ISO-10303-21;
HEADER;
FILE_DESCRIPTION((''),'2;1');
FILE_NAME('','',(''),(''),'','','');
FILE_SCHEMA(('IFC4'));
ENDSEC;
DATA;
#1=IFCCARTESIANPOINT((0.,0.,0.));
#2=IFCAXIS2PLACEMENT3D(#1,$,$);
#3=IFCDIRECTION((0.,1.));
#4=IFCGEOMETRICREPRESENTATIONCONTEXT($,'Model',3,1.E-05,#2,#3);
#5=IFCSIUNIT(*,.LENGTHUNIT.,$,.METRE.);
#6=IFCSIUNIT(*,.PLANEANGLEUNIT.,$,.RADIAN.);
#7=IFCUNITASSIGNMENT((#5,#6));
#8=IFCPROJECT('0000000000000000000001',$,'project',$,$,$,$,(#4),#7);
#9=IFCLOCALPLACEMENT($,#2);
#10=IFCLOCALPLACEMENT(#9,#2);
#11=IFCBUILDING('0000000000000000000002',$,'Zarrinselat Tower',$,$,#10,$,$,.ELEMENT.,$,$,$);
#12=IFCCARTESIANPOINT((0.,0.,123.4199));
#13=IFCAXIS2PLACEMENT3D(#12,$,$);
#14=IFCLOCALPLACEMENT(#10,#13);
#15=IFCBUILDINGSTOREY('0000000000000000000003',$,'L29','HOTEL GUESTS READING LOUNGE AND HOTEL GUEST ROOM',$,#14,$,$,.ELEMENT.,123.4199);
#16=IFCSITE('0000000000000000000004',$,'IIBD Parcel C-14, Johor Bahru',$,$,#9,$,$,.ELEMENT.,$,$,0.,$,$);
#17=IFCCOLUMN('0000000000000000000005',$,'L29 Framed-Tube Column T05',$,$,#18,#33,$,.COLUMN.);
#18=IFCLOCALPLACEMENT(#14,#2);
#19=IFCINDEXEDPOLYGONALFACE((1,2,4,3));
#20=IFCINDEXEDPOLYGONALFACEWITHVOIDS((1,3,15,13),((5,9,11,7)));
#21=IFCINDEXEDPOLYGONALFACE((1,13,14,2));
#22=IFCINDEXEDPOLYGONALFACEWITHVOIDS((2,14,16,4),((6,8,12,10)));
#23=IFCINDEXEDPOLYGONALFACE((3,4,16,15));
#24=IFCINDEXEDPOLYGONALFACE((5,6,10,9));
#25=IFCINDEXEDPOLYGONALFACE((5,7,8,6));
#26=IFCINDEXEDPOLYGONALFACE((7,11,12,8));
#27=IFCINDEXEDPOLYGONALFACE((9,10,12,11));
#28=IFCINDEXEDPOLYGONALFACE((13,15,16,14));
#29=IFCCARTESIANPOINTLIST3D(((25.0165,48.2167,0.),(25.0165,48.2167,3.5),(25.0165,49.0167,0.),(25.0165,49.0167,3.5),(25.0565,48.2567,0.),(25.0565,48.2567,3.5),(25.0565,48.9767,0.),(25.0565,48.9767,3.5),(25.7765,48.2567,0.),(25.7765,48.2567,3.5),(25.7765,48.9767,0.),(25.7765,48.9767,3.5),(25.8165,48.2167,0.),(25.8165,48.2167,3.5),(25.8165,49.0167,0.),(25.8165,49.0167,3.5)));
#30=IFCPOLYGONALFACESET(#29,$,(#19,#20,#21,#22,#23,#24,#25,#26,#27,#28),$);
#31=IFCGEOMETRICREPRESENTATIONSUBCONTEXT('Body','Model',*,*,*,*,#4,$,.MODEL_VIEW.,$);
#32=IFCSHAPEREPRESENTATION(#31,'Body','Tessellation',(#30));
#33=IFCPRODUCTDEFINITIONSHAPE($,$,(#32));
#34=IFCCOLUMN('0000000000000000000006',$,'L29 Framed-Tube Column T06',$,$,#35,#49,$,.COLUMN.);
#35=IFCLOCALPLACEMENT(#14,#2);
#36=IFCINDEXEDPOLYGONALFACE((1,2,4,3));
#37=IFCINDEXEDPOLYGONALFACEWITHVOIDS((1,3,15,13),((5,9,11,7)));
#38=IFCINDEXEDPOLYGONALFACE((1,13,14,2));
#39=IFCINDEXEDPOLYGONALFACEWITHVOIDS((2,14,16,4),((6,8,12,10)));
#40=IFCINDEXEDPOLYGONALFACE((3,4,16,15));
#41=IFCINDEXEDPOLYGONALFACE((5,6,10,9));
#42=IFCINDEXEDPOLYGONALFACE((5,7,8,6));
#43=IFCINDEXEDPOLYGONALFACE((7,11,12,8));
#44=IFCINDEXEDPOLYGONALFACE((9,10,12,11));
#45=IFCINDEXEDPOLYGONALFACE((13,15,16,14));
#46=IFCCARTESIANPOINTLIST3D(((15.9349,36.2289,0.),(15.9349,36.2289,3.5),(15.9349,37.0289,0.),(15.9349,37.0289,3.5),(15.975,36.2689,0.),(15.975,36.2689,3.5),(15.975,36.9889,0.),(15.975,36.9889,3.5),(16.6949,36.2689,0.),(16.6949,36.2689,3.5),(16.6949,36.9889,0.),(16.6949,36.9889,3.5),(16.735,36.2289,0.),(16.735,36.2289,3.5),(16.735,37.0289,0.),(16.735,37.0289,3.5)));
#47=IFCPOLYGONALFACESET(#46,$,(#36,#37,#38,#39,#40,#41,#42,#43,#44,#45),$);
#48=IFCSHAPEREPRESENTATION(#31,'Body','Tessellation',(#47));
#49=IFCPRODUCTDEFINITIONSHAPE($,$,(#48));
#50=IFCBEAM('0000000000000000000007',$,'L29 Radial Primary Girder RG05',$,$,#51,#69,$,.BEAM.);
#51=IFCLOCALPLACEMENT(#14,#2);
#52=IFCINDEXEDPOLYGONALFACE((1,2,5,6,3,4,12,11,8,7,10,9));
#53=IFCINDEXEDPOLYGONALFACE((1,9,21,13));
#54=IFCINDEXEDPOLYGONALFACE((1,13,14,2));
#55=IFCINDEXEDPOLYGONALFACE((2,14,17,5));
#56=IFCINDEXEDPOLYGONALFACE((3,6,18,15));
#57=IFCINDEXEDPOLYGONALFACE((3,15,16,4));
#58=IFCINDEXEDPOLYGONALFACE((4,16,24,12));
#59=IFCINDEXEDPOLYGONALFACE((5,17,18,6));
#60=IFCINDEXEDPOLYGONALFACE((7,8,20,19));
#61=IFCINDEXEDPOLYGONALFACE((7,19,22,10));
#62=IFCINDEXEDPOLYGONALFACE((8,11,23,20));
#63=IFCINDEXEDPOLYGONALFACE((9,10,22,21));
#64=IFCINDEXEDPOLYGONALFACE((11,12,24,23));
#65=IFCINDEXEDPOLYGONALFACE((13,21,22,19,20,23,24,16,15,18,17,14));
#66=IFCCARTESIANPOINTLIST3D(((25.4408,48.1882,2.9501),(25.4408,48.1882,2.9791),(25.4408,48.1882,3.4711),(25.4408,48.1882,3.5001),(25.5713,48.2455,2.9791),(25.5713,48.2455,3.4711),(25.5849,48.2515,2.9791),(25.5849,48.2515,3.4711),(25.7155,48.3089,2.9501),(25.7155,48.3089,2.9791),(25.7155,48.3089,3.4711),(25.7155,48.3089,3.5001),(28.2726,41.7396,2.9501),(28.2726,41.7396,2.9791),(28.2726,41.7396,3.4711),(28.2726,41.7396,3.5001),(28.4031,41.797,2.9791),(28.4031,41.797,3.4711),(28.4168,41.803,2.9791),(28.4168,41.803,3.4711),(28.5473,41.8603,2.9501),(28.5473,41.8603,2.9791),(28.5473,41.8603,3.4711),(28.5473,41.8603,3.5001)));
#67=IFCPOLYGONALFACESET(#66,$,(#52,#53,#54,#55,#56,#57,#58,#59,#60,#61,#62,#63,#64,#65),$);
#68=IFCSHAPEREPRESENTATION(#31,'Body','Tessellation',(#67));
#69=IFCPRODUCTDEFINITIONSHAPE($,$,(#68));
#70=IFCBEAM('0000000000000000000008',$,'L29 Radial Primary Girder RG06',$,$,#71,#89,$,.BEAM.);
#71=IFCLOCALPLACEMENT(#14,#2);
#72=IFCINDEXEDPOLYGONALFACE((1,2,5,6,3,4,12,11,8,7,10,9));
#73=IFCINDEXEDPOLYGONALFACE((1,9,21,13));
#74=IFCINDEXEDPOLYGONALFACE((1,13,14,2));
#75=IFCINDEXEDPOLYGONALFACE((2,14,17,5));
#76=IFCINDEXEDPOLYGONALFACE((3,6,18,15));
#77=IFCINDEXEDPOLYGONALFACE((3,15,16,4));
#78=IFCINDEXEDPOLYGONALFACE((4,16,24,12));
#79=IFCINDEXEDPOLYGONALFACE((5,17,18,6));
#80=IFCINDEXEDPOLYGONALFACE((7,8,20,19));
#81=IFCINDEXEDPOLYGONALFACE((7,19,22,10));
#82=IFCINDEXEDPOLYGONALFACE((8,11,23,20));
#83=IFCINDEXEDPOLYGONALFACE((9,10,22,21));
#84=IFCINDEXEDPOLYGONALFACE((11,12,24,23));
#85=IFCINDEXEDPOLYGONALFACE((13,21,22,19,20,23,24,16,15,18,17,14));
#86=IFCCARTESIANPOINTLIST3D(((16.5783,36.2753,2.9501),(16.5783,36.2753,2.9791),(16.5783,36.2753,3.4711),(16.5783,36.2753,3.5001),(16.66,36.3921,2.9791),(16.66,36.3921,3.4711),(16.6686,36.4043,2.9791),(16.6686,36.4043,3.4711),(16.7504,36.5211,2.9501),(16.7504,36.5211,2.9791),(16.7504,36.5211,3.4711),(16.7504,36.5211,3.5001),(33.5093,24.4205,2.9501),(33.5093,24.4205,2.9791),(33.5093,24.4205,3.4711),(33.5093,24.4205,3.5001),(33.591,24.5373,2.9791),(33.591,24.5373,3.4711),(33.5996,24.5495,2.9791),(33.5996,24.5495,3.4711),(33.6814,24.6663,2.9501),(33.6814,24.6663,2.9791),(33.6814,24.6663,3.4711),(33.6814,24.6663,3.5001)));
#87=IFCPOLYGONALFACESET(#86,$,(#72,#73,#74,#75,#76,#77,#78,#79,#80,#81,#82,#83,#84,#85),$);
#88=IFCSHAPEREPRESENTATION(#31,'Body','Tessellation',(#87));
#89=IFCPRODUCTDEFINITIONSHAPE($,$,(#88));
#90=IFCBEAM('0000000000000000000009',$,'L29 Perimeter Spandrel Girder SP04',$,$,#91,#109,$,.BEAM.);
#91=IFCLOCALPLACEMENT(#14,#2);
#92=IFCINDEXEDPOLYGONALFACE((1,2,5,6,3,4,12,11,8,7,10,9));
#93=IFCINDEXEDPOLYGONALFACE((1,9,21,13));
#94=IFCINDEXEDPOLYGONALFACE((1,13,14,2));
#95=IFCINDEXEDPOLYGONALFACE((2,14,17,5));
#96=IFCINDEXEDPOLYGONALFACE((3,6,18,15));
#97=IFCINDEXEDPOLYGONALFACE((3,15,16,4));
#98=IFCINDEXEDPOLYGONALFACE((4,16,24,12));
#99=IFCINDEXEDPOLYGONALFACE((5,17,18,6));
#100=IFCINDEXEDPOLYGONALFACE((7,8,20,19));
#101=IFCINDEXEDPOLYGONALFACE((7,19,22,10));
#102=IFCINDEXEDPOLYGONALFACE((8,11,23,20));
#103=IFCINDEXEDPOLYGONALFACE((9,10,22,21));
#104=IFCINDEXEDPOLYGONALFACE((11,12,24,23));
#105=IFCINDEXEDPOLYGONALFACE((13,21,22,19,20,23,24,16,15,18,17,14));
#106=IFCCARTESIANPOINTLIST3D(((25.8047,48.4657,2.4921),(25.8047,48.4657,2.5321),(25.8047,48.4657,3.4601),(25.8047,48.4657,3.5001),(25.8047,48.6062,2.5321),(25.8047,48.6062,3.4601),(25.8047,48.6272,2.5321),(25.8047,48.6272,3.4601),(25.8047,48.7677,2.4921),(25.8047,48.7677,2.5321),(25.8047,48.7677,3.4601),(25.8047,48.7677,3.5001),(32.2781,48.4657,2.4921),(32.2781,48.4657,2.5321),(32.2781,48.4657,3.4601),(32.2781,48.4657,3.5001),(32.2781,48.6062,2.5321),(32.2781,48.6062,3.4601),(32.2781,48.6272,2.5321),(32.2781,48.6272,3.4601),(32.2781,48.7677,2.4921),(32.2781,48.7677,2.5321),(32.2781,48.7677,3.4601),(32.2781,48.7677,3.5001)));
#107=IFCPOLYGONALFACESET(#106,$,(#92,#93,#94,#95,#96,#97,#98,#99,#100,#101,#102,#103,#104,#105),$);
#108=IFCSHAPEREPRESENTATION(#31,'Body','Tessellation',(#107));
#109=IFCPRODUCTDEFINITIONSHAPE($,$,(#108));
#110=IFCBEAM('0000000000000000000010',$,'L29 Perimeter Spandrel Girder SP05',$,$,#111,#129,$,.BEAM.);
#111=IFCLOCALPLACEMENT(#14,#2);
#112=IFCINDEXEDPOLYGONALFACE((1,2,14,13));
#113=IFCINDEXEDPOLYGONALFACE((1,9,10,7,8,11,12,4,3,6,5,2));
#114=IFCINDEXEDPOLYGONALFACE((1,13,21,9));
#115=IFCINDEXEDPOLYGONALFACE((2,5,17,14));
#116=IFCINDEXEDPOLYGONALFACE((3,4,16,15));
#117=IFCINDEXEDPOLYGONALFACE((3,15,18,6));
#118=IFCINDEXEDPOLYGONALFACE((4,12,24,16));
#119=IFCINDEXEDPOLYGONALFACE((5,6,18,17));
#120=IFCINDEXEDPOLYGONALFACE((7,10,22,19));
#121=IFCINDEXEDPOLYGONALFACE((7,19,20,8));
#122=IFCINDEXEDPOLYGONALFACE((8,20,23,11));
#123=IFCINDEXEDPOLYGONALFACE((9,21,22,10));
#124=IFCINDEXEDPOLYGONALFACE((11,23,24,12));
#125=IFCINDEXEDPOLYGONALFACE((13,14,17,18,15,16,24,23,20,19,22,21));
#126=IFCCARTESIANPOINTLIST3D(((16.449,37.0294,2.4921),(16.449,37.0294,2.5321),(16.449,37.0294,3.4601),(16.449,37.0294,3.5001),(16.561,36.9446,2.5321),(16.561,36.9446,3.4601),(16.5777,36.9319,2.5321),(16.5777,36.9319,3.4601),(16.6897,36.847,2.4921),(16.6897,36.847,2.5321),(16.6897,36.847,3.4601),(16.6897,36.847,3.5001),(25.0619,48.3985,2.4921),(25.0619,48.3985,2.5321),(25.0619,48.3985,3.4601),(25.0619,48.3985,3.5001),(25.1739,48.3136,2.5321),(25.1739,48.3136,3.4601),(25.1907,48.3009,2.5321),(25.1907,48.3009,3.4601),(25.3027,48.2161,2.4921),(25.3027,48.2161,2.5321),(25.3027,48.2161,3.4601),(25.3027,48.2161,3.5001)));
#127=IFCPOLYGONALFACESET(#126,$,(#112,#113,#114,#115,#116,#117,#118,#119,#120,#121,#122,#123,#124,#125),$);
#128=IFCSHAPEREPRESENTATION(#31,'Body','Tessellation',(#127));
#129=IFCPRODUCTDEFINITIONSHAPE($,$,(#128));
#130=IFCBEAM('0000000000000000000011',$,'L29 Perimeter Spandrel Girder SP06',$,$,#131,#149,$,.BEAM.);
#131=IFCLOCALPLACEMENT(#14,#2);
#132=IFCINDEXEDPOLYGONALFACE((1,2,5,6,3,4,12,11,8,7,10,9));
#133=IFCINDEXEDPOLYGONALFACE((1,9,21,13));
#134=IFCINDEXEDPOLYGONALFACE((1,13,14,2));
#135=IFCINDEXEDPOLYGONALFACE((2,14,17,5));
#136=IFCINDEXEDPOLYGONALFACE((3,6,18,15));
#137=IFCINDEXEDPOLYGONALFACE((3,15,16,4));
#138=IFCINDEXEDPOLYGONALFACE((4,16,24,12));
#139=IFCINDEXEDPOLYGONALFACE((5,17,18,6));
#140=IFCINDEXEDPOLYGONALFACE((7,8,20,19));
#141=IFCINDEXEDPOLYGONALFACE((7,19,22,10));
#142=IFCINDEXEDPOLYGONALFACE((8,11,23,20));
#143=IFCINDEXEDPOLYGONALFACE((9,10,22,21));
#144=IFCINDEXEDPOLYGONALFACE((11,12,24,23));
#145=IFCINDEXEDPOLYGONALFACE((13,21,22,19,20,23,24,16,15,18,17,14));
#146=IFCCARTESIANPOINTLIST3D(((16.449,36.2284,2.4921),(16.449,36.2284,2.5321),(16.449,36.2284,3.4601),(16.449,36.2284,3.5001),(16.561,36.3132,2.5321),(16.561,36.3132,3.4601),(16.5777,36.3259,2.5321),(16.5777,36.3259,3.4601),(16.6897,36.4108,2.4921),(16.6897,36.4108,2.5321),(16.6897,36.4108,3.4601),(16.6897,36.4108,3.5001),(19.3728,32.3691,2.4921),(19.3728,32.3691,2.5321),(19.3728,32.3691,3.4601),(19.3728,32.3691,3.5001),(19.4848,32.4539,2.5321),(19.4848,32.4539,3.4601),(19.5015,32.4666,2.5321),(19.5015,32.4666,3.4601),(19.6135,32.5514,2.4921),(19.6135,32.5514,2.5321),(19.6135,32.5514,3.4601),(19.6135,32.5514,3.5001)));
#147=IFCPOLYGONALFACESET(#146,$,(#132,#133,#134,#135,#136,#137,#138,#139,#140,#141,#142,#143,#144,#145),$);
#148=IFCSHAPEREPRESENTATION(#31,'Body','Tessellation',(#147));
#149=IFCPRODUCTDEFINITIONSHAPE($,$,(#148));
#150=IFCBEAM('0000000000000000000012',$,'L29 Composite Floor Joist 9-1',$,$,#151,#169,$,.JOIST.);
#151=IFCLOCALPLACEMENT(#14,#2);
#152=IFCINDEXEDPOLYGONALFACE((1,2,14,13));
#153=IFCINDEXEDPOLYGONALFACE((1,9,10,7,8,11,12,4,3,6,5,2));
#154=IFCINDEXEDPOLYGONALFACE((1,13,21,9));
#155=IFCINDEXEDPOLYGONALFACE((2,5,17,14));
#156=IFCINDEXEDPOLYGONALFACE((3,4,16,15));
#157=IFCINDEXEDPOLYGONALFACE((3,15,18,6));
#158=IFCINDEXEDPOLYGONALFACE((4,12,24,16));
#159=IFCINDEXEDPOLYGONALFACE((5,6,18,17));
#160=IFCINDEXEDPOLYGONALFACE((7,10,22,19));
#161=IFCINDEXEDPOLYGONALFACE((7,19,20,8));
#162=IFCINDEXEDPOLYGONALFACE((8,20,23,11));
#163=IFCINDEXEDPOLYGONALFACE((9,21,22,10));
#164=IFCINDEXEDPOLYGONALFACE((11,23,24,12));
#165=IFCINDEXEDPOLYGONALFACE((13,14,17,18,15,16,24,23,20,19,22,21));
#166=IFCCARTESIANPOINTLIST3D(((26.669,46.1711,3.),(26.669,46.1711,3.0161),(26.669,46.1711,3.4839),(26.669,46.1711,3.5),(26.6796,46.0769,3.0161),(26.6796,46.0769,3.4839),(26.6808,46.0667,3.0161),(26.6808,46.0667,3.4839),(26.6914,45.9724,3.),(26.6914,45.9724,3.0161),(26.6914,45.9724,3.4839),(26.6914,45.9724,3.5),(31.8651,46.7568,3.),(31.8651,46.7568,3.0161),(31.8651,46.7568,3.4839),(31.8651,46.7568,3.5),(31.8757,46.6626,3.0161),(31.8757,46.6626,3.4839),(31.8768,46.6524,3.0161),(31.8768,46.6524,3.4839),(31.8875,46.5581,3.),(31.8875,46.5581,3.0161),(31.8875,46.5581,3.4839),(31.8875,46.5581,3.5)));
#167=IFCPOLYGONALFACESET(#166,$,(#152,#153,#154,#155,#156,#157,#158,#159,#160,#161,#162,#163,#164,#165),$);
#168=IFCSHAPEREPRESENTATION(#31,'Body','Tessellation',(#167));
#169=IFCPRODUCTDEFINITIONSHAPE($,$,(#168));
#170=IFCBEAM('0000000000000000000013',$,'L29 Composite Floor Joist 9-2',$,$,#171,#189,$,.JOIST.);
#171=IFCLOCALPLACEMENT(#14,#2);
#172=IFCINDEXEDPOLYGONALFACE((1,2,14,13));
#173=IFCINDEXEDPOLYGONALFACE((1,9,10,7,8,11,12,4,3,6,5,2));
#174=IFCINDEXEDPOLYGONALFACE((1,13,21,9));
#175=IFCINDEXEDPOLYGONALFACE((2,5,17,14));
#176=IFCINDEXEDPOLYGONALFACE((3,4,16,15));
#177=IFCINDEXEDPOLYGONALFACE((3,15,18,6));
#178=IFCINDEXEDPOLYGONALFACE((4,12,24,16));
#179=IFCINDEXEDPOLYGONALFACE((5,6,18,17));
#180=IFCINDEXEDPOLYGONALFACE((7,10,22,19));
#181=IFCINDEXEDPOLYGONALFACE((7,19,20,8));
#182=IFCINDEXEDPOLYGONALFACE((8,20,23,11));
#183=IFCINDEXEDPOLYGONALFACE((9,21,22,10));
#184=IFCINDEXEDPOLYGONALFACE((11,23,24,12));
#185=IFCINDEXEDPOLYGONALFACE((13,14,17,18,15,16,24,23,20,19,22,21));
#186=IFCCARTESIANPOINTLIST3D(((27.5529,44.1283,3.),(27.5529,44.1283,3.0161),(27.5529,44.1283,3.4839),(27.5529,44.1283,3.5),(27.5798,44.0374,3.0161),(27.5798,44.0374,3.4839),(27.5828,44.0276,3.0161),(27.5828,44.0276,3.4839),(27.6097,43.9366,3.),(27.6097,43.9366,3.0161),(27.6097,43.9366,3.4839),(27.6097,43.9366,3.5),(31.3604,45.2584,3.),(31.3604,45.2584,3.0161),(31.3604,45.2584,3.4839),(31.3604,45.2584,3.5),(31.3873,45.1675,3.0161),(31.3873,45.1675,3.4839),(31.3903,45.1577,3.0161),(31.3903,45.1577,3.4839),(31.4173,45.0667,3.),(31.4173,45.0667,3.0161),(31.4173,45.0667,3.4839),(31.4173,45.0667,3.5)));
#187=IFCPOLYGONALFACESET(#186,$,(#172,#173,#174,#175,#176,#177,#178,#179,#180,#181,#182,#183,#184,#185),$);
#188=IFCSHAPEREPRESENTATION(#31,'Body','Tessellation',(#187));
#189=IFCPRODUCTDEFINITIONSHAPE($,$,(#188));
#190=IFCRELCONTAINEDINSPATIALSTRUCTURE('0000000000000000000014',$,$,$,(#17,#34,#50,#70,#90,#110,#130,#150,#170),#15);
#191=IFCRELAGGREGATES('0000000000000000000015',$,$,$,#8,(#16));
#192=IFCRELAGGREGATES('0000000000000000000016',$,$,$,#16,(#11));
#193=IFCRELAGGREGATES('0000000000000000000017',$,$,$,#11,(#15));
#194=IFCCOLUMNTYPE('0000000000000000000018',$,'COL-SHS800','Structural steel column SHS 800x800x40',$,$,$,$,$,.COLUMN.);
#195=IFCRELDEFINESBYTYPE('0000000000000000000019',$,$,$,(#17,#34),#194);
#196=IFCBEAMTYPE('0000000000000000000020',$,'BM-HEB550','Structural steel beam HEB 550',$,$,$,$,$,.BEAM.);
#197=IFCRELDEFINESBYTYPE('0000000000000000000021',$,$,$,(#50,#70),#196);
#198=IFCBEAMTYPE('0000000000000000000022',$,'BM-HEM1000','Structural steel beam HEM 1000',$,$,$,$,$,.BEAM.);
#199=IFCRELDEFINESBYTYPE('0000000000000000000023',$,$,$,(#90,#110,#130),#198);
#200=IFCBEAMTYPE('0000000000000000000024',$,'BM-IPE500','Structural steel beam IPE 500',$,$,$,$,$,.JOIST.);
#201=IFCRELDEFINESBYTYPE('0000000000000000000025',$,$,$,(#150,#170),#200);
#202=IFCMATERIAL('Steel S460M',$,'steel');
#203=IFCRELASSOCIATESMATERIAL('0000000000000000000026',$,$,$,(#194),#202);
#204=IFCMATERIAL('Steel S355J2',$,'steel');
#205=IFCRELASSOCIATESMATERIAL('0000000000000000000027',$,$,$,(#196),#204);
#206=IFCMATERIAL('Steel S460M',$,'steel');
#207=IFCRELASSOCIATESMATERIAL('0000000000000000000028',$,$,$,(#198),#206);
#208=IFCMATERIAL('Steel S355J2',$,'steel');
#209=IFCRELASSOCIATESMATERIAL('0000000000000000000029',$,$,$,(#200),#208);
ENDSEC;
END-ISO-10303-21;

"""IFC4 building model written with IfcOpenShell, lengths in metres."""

from ifc_helpers import new_model, si_unit, direction, frame, origin, origin_2d, place, context, subcontext, project, spatial, hollow_rectangle, i_section, extrude, material, material_profile, profile_set, type_object, element, save


model = new_model("IFC4")

# Units and contexts
model_context = context("Model", 3, precision=1e-05, world=origin(), true_north=direction((0.0, 1.0)))
body_context = subcontext(model_context, "Body", "Model", "MODEL_VIEW")
ifc_project = project(units=[si_unit("LENGTHUNIT", "METRE"), si_unit("PLANEANGLEUNIT", "RADIAN")], contexts=[model_context])

# Site, building, storey
site_placement = place(None, origin())
site = spatial("IfcSite", under=ifc_project, at=site_placement, Name="IIBD Parcel C-14, Johor Bahru", CompositionType="ELEMENT", RefElevation=0.0)
building_placement = place(site_placement, origin())
building = spatial("IfcBuilding", under=site, at=building_placement, Name="Zarrinselat Tower", CompositionType="ELEMENT")
storey_placement = place(building_placement, frame((0.0, 0.0, 123.4199)))
storey = spatial("IfcBuildingStorey", under=building, at=storey_placement, Name="L29", Description="HOTEL GUESTS READING LOUNGE AND HOTEL GUEST ROOM", CompositionType="ELEMENT", Elevation=123.4199)

# Columns
ifc_material_1 = material(Name="Steel S460M", Category="steel")
ifc_material_profile_1 = material_profile(ifc_material_1, hollow_rectangle(XDim=0.8, YDim=0.8, WallThickness=0.04, at=origin_2d()), Name="SHS 800x800x40")
ifc_profile_set_1 = profile_set([ifc_material_profile_1], Name="Steel S460M")
column_type = type_object("IfcColumnType", Name="COL-SHS800", Description="Structural steel column SHS 800x800x40", PredefinedType="COLUMN", material=ifc_profile_set_1)
for number, where, z_axis, x_axis, name in (
    (1, (25.4165, 48.6167, 0.0), (0.0, 0.0, 1.0), (1.0, 0.0, 0.0), "L29 Framed-Tube Column T05"),
    (2, (16.335, 36.6289, 0.0), (0.0, 0.0, 1.0), (1.0, 0.0, 0.0), "L29 Framed-Tube Column T06"),
):
    element("IfcColumn", number, at=place(storey_placement, frame(where, z_axis=z_axis, x_axis=x_axis)), inside=storey, type_object=column_type, Name=name, PredefinedType="COLUMN", context=body_context, shape_type="SweptSolid", body=[
        extrude(hollow_rectangle(XDim=0.8, YDim=0.8, WallThickness=0.04, at=origin_2d()), origin(), (0.0, 0.0, 1.0), 3.5),
    ])

# Beams
ifc_material_2 = material(Name="Steel S355J2", Category="steel")
ifc_material_profile_2 = material_profile(ifc_material_2, i_section(OverallWidth=0.3, OverallDepth=0.55, WebThickness=0.0149, FlangeThickness=0.0291, at=origin_2d()), Name="HEB 550")
ifc_profile_set_2 = profile_set([ifc_material_profile_2], Name="Steel S355J2")
beam_type_1 = type_object("IfcBeamType", Name="BM-HEB550", Description="Structural steel beam HEB 550", PredefinedType="BEAM", material=ifc_profile_set_2)
beam_1_placement = place(storey_placement, frame((25.5781, 48.2485, 3.2251), z_axis=(0.402079, -0.915605, 0.0), x_axis=(0.915605, 0.402079, 0.0)))
element("IfcBeam", 3, at=beam_1_placement, inside=storey, type_object=beam_type_1, Name="L29 Radial Primary Girder RG05", PredefinedType="BEAM", context=body_context, shape_type="SweptSolid", body=[
    extrude(i_section(OverallWidth=0.3, OverallDepth=0.55, WebThickness=0.0149, FlangeThickness=0.0291, at=origin_2d()), origin(), (0.0, 0.0, 1.0), 7.043),
])
beam_2_placement = place(storey_placement, frame((16.6643, 36.3982, 3.2251), z_axis=(0.819161, -0.573563, 0.0), x_axis=(0.573563, 0.819161, 0.0)))
element("IfcBeam", 4, at=beam_2_placement, inside=storey, type_object=beam_type_1, Name="L29 Radial Primary Girder RG06", PredefinedType="BEAM", context=body_context, shape_type="SweptSolid", body=[
    extrude(i_section(OverallWidth=0.3, OverallDepth=0.55, WebThickness=0.0149, FlangeThickness=0.0291, at=origin_2d()), origin(), (0.0, 0.0, 1.0), 20.6687),
])
ifc_material_3 = material(Name="Steel S460M", Category="steel")
ifc_material_profile_3 = material_profile(ifc_material_3, i_section(OverallWidth=0.302, OverallDepth=1.0081, WebThickness=0.021, FlangeThickness=0.04, at=origin_2d()), Name="HEM 1000")
ifc_profile_set_3 = profile_set([ifc_material_profile_3], Name="Steel S460M")
beam_type_2 = type_object("IfcBeamType", Name="BM-HEM1000", Description="Structural steel beam HEM 1000", PredefinedType="BEAM", material=ifc_profile_set_3)
beam_3_placement = place(storey_placement, frame((25.8047, 48.6167, 2.9961), z_axis=(1.0, 0.0, 0.0), x_axis=(0.0, 1.0, 0.0)))
element("IfcBeam", 5, at=beam_3_placement, inside=storey, type_object=beam_type_2, Name="L29 Perimeter Spandrel Girder SP04", PredefinedType="BEAM", context=body_context, shape_type="SweptSolid", body=[
    extrude(i_section(OverallWidth=0.302, OverallDepth=1.0081, WebThickness=0.021, FlangeThickness=0.04, at=origin_2d()), origin(), (0.0, 0.0, 1.0), 6.4734),
])
beam_4_placement = place(storey_placement, frame((16.5693, 36.9382, 2.9961), z_axis=(0.60386, 0.79709, 0.0), x_axis=(-0.79709, 0.60386, 0.0)))
element("IfcBeam", 6, at=beam_4_placement, inside=storey, type_object=beam_type_2, Name="L29 Perimeter Spandrel Girder SP05", PredefinedType="BEAM", context=body_context, shape_type="SweptSolid", body=[
    extrude(i_section(OverallWidth=0.302, OverallDepth=1.0081, WebThickness=0.021, FlangeThickness=0.04, at=origin_2d()), origin(), (0.0, 0.0, 1.0), 14.2632),
])
beam_5_placement = place(storey_placement, frame((16.5693, 36.3196, 2.9961), z_axis=(0.603865, -0.797086, 0.0), x_axis=(0.797086, 0.603865, 0.0)))
element("IfcBeam", 7, at=beam_5_placement, inside=storey, type_object=beam_type_2, Name="L29 Perimeter Spandrel Girder SP06", PredefinedType="BEAM", context=body_context, shape_type="SweptSolid", body=[
    extrude(i_section(OverallWidth=0.302, OverallDepth=1.0081, WebThickness=0.021, FlangeThickness=0.04, at=origin_2d()), origin(), (0.0, 0.0, 1.0), 4.8418),
])
ifc_material_4 = material(Name="Steel S355J2", Category="steel")
ifc_material_profile_4 = material_profile(ifc_material_4, i_section(OverallWidth=0.2, OverallDepth=0.5, WebThickness=0.0103, FlangeThickness=0.0161, at=origin_2d()), Name="IPE 500")
ifc_profile_set_4 = profile_set([ifc_material_profile_4], Name="Steel S355J2")
beam_type_3 = type_object("IfcBeamType", Name="BM-IPE500", Description="Structural steel beam IPE 500", PredefinedType="JOIST", material=ifc_profile_set_4)
beam_6_placement = place(storey_placement, frame((26.6802, 46.0718, 3.25), z_axis=(0.993707, 0.11201, 0.0), x_axis=(-0.11201, 0.993707, 0.0)))
element("IfcBeam", 8, at=beam_6_placement, inside=storey, type_object=beam_type_3, Name="L29 Composite Floor Joist 9-1", PredefinedType="JOIST", context=body_context, shape_type="SweptSolid", body=[
    extrude(i_section(OverallWidth=0.2, OverallDepth=0.5, WebThickness=0.0103, FlangeThickness=0.0161, at=origin_2d()), origin(), (0.0, 0.0, 1.0), 5.229),
])
beam_7_placement = place(storey_placement, frame((27.5813, 44.0325, 3.25), z_axis=(0.958665, 0.284538, 0.0), x_axis=(-0.284538, 0.958665, 0.0)))
element("IfcBeam", 9, at=beam_7_placement, inside=storey, type_object=beam_type_3, Name="L29 Composite Floor Joist 9-2", PredefinedType="JOIST", context=body_context, shape_type="SweptSolid", body=[
    extrude(i_section(OverallWidth=0.2, OverallDepth=0.5, WebThickness=0.0103, FlangeThickness=0.0161, at=origin_2d()), origin(), (0.0, 0.0, 1.0), 3.9717),
])

save(model, "model.ifc")
